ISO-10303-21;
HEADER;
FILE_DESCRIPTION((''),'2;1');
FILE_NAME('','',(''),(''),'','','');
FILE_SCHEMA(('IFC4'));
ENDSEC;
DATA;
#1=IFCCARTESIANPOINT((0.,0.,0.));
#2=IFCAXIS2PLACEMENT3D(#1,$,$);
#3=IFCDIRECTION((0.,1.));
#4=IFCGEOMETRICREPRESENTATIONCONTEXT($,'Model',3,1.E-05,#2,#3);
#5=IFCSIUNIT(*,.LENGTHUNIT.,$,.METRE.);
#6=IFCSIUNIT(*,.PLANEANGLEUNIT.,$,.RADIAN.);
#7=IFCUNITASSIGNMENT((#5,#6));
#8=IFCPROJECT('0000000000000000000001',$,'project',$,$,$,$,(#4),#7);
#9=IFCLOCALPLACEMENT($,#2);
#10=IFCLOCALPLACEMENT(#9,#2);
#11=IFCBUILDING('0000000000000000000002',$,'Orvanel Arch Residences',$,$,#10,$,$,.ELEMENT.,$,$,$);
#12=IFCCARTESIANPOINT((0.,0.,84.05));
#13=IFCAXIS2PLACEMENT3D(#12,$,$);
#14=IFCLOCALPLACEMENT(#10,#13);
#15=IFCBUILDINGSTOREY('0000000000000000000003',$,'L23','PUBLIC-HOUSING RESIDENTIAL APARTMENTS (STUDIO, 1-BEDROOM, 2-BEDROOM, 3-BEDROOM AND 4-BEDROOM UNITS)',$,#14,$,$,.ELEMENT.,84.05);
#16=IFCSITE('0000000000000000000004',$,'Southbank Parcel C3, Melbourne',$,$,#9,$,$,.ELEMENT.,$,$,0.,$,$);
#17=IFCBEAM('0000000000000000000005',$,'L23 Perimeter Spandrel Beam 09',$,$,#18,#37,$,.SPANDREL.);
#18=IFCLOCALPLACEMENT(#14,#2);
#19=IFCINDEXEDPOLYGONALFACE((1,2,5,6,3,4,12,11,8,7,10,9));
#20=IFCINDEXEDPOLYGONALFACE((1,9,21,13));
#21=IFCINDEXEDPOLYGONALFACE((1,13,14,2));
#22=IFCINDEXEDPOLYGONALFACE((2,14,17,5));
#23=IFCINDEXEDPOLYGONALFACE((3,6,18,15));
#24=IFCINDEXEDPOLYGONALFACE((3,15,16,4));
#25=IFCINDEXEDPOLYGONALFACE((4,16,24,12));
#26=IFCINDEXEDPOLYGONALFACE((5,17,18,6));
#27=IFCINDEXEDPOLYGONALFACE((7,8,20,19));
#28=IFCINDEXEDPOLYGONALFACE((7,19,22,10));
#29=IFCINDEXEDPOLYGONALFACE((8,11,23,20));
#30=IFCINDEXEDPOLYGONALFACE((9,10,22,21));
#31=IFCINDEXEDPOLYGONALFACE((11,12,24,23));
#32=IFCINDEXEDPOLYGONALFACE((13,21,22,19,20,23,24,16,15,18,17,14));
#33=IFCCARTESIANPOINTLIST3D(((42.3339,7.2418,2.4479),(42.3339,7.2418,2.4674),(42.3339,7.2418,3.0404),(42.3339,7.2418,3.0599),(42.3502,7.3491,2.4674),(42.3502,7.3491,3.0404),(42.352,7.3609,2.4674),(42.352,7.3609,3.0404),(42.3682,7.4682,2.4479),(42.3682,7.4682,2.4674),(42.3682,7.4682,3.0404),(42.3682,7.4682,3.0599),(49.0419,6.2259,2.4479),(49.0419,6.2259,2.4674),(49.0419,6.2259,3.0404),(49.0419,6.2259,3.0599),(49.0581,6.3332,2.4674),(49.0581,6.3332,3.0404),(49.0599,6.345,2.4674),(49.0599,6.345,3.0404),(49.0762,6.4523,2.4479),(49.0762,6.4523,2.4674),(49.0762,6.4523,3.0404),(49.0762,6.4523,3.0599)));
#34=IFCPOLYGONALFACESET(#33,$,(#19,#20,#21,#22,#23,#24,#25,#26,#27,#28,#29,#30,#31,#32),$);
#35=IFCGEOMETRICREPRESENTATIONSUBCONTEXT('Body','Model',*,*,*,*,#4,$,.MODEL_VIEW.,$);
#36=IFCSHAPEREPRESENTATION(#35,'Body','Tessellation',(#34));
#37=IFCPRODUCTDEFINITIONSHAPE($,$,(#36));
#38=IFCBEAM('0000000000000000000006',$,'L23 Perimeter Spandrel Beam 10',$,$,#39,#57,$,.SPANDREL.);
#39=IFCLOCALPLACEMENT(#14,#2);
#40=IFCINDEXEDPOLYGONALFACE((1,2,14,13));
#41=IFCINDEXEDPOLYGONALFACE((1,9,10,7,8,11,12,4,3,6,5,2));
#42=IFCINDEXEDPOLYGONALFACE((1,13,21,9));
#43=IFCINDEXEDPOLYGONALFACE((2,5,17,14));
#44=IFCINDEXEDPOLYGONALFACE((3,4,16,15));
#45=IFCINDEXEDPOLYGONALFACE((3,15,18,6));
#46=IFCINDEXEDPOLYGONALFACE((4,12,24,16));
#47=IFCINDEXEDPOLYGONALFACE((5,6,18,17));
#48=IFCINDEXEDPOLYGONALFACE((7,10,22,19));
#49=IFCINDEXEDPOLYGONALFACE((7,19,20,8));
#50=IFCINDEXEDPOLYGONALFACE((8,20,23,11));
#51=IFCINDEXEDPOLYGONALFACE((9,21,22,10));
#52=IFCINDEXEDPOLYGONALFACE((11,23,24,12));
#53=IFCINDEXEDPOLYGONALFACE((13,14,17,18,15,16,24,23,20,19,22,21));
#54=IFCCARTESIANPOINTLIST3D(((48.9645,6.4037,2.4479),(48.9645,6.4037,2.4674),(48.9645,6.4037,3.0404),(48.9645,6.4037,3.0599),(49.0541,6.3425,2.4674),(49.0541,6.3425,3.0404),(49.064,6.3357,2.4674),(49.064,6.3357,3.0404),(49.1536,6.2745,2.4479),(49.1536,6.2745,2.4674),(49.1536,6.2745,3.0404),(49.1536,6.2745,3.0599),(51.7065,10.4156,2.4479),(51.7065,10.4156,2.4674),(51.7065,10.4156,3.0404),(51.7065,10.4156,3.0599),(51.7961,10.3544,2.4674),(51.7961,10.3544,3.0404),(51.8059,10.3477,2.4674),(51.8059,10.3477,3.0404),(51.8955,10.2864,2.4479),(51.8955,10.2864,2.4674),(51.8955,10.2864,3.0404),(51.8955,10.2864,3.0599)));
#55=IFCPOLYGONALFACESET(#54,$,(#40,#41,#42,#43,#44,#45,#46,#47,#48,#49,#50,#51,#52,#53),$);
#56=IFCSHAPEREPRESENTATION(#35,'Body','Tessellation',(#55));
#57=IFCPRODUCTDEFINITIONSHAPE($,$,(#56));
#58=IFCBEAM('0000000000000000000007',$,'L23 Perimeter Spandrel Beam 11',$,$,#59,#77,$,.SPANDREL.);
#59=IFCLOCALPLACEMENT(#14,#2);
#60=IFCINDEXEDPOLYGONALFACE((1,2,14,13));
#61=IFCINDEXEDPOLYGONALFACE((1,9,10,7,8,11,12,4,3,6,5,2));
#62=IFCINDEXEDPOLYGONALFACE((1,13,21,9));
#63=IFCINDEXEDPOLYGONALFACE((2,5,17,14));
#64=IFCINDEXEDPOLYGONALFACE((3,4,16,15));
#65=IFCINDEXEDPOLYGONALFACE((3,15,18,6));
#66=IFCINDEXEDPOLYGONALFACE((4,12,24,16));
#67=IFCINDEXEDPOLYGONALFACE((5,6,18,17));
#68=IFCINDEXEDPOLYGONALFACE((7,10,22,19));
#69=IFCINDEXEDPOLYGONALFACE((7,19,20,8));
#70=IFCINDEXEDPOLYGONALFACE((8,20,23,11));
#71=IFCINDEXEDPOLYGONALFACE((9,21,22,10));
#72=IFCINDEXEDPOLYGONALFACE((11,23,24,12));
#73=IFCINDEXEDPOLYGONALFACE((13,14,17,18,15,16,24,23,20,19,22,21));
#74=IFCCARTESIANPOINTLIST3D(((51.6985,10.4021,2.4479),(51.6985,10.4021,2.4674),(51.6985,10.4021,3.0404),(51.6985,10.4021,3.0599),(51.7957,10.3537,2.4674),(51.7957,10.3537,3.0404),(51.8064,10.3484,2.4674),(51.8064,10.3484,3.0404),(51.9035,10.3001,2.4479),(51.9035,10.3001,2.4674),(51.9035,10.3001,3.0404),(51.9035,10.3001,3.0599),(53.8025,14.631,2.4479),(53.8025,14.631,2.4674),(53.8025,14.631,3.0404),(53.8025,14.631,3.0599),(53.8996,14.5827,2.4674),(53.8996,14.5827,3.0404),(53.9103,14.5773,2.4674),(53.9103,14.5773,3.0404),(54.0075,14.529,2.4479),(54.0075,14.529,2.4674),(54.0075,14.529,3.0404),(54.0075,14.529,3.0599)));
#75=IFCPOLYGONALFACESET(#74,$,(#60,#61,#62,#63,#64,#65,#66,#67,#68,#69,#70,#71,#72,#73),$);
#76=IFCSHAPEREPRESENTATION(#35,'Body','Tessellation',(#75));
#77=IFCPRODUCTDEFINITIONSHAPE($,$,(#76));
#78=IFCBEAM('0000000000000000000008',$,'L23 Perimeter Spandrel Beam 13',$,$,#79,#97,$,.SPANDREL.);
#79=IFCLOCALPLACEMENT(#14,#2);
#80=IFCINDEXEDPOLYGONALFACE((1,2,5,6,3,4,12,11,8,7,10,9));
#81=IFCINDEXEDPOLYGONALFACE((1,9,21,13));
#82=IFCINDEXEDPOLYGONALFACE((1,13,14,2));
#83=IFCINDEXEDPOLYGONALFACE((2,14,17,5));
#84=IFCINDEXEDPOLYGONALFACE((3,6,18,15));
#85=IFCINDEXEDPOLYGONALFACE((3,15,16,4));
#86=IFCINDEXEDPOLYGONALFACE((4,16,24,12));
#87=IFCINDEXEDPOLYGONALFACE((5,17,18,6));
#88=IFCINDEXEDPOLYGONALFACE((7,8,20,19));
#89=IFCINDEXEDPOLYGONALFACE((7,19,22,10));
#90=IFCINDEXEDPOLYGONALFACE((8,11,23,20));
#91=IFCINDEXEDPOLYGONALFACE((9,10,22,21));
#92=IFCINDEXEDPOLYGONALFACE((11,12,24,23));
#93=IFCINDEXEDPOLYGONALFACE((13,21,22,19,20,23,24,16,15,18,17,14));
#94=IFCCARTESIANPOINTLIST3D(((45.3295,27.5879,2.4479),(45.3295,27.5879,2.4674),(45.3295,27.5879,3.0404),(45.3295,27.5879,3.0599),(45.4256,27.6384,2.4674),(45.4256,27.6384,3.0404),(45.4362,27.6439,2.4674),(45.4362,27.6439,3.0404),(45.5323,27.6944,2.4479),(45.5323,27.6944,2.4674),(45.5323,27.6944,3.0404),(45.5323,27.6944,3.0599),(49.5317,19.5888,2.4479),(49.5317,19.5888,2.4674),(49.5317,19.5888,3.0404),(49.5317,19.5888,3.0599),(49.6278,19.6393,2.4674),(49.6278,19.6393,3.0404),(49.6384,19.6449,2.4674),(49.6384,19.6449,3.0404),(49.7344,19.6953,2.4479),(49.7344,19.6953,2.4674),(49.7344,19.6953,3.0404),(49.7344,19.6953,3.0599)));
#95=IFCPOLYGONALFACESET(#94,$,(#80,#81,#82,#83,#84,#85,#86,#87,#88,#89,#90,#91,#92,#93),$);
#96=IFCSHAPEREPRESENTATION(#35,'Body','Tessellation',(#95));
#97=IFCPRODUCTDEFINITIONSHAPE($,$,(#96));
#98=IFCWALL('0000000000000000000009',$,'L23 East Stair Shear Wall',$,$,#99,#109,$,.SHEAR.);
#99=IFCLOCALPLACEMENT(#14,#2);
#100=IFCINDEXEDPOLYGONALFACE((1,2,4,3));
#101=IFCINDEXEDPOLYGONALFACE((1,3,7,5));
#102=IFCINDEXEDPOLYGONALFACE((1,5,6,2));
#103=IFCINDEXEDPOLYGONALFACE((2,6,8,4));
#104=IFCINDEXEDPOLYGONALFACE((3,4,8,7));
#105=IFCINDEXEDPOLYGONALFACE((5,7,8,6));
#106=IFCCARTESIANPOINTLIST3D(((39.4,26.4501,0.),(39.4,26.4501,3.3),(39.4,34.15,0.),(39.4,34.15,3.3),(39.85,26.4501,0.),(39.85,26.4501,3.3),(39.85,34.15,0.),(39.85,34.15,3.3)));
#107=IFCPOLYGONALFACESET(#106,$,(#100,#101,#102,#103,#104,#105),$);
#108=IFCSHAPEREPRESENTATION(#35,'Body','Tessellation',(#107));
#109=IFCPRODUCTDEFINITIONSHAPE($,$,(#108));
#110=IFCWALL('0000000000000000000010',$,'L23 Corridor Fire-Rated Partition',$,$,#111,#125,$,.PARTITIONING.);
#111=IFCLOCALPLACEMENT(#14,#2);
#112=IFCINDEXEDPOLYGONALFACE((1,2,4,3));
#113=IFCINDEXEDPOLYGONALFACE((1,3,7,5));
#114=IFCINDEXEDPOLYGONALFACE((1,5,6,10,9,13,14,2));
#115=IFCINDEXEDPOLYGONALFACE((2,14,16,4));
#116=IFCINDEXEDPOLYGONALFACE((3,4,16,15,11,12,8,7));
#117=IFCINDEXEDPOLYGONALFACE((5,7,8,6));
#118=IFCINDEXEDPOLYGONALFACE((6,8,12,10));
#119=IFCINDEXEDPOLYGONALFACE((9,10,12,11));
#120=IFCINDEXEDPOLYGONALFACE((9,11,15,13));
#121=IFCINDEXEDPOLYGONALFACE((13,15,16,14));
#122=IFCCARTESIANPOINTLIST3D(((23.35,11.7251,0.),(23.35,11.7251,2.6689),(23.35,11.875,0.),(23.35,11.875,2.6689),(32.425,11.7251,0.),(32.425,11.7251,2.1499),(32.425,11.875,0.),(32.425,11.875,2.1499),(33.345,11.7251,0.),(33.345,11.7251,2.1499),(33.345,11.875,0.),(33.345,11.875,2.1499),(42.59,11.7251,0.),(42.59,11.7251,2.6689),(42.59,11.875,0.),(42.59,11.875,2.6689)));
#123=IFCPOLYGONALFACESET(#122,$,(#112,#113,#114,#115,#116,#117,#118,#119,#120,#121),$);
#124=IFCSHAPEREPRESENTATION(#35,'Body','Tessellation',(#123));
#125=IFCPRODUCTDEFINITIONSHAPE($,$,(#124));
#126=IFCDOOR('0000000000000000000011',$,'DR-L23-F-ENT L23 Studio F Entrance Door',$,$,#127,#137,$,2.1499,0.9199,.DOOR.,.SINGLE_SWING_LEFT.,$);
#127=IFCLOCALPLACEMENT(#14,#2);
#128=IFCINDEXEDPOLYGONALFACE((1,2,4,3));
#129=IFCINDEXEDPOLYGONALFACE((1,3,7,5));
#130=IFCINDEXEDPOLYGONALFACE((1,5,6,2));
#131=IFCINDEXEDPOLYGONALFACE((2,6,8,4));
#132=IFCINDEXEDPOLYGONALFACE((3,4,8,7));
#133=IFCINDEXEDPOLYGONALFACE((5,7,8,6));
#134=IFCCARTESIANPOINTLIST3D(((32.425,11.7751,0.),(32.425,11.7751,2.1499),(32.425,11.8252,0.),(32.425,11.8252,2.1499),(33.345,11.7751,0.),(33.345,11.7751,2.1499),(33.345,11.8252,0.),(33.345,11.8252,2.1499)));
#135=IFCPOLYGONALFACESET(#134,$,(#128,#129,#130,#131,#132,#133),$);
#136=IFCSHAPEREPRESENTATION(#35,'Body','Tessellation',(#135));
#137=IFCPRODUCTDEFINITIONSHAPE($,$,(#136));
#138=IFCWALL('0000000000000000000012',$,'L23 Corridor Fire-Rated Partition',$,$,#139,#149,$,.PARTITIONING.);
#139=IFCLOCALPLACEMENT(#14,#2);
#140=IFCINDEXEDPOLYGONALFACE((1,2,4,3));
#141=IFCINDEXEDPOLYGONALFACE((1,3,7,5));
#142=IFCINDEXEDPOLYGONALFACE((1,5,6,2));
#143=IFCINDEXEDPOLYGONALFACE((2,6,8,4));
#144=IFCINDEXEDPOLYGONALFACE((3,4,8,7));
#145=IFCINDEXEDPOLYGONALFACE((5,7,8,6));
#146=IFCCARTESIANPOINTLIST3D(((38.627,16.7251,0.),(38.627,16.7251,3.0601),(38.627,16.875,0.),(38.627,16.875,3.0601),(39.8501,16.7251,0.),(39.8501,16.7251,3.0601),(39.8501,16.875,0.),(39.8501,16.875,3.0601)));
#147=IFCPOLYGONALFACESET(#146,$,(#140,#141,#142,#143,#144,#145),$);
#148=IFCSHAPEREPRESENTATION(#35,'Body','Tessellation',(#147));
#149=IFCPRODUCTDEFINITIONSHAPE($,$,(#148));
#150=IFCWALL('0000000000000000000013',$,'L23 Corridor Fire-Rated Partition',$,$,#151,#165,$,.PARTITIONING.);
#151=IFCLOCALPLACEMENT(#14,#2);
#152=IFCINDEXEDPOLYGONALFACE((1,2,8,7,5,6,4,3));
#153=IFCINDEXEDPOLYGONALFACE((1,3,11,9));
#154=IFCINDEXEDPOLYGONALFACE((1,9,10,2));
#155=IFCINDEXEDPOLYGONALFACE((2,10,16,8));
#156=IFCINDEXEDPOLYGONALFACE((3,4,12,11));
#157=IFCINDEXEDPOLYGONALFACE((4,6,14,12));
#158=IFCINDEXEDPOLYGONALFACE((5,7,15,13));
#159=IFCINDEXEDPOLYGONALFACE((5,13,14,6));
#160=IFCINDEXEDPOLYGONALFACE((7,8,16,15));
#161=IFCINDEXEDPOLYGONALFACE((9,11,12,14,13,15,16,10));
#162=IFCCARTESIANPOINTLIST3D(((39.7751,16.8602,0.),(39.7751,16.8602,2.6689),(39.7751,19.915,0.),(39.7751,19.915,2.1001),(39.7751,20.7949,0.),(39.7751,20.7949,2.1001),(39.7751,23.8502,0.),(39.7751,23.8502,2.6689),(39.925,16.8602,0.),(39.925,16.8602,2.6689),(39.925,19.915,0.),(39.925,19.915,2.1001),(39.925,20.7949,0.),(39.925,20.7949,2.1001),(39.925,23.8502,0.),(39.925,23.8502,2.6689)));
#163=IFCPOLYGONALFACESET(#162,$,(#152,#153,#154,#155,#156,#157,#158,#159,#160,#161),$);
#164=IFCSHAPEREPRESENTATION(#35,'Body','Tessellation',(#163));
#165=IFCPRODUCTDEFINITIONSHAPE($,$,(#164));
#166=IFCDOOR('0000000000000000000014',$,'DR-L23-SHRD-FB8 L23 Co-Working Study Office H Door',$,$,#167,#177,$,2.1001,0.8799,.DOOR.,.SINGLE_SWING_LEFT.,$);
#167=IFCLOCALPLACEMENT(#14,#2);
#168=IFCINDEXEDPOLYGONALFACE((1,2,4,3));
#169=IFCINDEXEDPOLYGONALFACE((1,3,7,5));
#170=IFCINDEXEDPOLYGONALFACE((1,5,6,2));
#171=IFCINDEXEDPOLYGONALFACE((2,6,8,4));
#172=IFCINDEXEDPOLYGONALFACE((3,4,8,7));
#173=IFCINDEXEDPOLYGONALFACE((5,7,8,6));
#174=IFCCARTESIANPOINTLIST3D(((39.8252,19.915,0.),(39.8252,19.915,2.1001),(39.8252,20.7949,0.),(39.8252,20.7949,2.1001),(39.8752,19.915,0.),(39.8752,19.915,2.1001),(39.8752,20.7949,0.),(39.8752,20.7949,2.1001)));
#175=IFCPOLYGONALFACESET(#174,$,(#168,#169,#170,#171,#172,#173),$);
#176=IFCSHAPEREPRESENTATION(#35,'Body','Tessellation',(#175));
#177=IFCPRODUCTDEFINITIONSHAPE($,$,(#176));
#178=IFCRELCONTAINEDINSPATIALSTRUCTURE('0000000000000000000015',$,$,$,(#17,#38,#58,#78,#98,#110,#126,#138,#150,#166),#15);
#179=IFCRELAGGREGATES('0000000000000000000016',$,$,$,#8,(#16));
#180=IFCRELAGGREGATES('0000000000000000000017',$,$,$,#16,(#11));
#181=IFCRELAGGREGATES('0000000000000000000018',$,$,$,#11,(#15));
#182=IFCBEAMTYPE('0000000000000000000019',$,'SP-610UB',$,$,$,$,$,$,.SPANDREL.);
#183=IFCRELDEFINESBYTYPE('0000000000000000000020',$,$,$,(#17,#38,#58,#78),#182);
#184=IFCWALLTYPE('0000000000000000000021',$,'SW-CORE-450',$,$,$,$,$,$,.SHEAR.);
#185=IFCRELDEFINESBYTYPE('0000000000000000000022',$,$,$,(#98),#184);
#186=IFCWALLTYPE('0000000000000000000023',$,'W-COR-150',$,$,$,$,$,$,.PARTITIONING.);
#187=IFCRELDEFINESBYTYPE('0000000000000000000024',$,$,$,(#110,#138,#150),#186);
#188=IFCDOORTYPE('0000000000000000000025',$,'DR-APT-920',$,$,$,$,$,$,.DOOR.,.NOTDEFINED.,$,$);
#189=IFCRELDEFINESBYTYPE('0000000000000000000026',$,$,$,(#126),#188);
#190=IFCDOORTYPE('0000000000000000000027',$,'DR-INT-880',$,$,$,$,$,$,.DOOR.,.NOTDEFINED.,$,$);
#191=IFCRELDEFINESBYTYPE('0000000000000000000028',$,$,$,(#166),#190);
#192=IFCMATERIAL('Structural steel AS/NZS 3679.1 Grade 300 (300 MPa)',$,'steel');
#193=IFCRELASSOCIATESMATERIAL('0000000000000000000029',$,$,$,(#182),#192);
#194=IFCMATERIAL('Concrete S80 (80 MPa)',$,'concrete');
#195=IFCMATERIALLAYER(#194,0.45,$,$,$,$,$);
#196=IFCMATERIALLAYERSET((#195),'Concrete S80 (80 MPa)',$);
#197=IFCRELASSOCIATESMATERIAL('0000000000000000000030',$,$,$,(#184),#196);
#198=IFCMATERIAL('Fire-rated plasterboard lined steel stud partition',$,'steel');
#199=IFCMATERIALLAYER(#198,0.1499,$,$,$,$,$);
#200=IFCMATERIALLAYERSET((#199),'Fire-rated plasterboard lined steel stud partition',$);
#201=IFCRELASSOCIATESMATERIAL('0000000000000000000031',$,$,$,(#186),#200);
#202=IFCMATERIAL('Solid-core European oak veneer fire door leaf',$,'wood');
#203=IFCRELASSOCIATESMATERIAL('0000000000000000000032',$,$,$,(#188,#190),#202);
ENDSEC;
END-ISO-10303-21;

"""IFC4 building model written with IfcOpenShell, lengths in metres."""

from ifc_helpers import new_model, si_unit, direction, frame, frame_2d, origin, origin_2d, place, context, subcontext, project, spatial, rectangle, i_section, extrude, material, layer, layer_set, material_profile, profile_set, type_object, element, fill, save


model = new_model("IFC4")

# Units and contexts
model_context = context("Model", 3, precision=1e-05, world=origin(), true_north=direction((0.0, 1.0)))
body_context = subcontext(model_context, "Body", "Model", "MODEL_VIEW")
ifc_project = project(units=[si_unit("LENGTHUNIT", "METRE"), si_unit("PLANEANGLEUNIT", "RADIAN")], contexts=[model_context])

# Site, building, storey
site_placement = place(None, origin())
site = spatial("IfcSite", under=ifc_project, at=site_placement, Name="Southbank Parcel C3, Melbourne", CompositionType="ELEMENT", RefElevation=0.0)
building_placement = place(site_placement, origin())
building = spatial("IfcBuilding", under=site, at=building_placement, Name="Orvanel Arch Residences", CompositionType="ELEMENT")
storey_placement = place(building_placement, frame((0.0, 0.0, 84.05)))
storey = spatial("IfcBuildingStorey", under=building, at=storey_placement, Name="L23", Description="PUBLIC-HOUSING RESIDENTIAL APARTMENTS (STUDIO, 1-BEDROOM, 2-BEDROOM, 3-BEDROOM AND 4-BEDROOM UNITS)", CompositionType="ELEMENT", Elevation=84.05)

# Beams
ifc_material_1 = material(Name="Structural steel AS/NZS 3679.1 Grade 300 (300 MPa)", Category="steel")
ifc_material_profile_1 = material_profile(ifc_material_1, i_section(OverallWidth=0.229, OverallDepth=0.6121, WebThickness=0.012, FlangeThickness=0.0195, at=origin_2d()), Name="610UB125")
ifc_profile_set_1 = profile_set([ifc_material_profile_1], Name="Structural steel AS/NZS 3679.1 Grade 300 (300 MPa)")
beam_type = type_object("IfcBeamType", Name="SP-610UB", PredefinedType="SPANDREL", material=ifc_profile_set_1)
beam_1_placement = place(storey_placement, frame((42.3511, 7.355, 2.7539), z_axis=(0.988726, -0.149734, 0.0), x_axis=(0.149734, 0.988726, 0.0)))
element("IfcBeam", 1, at=beam_1_placement, inside=storey, type_object=beam_type, Name="L23 Perimeter Spandrel Beam 09", PredefinedType="SPANDREL", context=body_context, shape_type="SweptSolid", body=[
    extrude(i_section(OverallWidth=0.229, OverallDepth=0.6121, WebThickness=0.012, FlangeThickness=0.0195, at=origin_2d()), origin(), (0.0, 0.0, 1.0), 6.7844),
])
beam_2_placement = place(storey_placement, frame((49.0591, 6.3391, 2.7539), z_axis=(0.564252, 0.825603, 0.0), x_axis=(-0.825603, 0.564252, 0.0)))
element("IfcBeam", 2, at=beam_2_placement, inside=storey, type_object=beam_type, Name="L23 Perimeter Spandrel Beam 10", PredefinedType="SPANDREL", context=body_context, shape_type="SweptSolid", body=[
    extrude(i_section(OverallWidth=0.229, OverallDepth=0.6121, WebThickness=0.012, FlangeThickness=0.0195, at=origin_2d()), origin(), (0.0, 0.0, 1.0), 4.8594),
])
beam_3_placement = place(storey_placement, frame((51.801, 10.3511, 2.7539), z_axis=(0.445435, 0.895314, 0.0), x_axis=(-0.895314, 0.445435, 0.0)))
element("IfcBeam", 3, at=beam_3_placement, inside=storey, type_object=beam_type, Name="L23 Perimeter Spandrel Beam 11", PredefinedType="SPANDREL", context=body_context, shape_type="SweptSolid", body=[
    extrude(i_section(OverallWidth=0.229, OverallDepth=0.6121, WebThickness=0.012, FlangeThickness=0.0195, at=origin_2d()), origin(), (0.0, 0.0, 1.0), 4.7234),
])
beam_4_placement = place(storey_placement, frame((49.6331, 19.6421, 2.7539), z_axis=(-0.465065, 0.885277, 0.0), x_axis=(-0.885277, -0.465065, 0.0)))
element("IfcBeam", 4, at=beam_4_placement, inside=storey, type_object=beam_type, Name="L23 Perimeter Spandrel Beam 13", PredefinedType="SPANDREL", context=body_context, shape_type="SweptSolid", body=[
    extrude(i_section(OverallWidth=0.229, OverallDepth=0.6121, WebThickness=0.012, FlangeThickness=0.0195, at=origin_2d()), origin(), (0.0, 0.0, 1.0), 9.0356),
])

# Shared definitions
ifc_material_2 = material(Name="Concrete S80 (80 MPa)", Category="concrete")

# Wall
ifc_layer_1 = layer(ifc_material_2, 0.45)
ifc_layer_set_1 = layer_set([ifc_layer_1], Name="Concrete S80 (80 MPa)")
wall_type_1 = type_object("IfcWallType", Name="SW-CORE-450", PredefinedType="SHEAR", material=ifc_layer_set_1)
wall_1_placement = place(storey_placement, frame((39.625, 26.45, 0.0), z_axis=(0.0, 0.0, 1.0), x_axis=(0.0, 1.0, 0.0)))
element("IfcWall", 5, at=wall_1_placement, inside=storey, type_object=wall_type_1, Name="L23 East Stair Shear Wall", PredefinedType="SHEAR", context=body_context, shape_type="SweptSolid", body=[
    extrude(rectangle(XDim=7.7, YDim=0.45, at=frame_2d((3.8501, 0.0))), origin(), (0.0, 0.0, 1.0), 3.3),
])

# Wall, opening, door
ifc_material_3 = material(Name="Fire-rated plasterboard lined steel stud partition", Category="steel")
ifc_layer_2 = layer(ifc_material_3, 0.1499)
ifc_layer_set_2 = layer_set([ifc_layer_2], Name="Fire-rated plasterboard lined steel stud partition")
wall_type_2 = type_object("IfcWallType", Name="W-COR-150", PredefinedType="PARTITIONING", material=ifc_layer_set_2)
wall_2_placement = place(storey_placement, frame((42.5901, 11.8, 0.0), z_axis=(0.0, 0.0, 1.0), x_axis=(-1.0, 0.0, 0.0)))
wall_2 = element("IfcWall", 6, at=wall_2_placement, inside=storey, type_object=wall_type_2, Name="L23 Corridor Fire-Rated Partition", PredefinedType="PARTITIONING", context=body_context, shape_type="SweptSolid", body=[
    extrude(rectangle(XDim=19.24, YDim=0.1499, at=frame_2d((9.6201, 0.0))), origin(), (0.0, 0.0, 1.0), 2.6689),
])
opening_1_placement = place(wall_2_placement, frame((9.2451, 0.0, 0.0)))
opening_1 = element("IfcOpeningElement", 7, at=opening_1_placement, cuts=wall_2, PredefinedType="OPENING", context=body_context, shape_type="SweptSolid", body=[
    extrude(rectangle(XDim=0.9199, YDim=2.1499, at=frame_2d((0.46, 1.075))), frame((0.0, 0.085, 0.0), z_axis=(0.0, -1.0, 0.0), x_axis=(1.0, 0.0, 0.0)), (0.0, 0.0, 1.0), 0.1699),
])
ifc_material_4 = material(Name="Solid-core European oak veneer fire door leaf", Category="wood")
door_type_1 = type_object("IfcDoorType", Name="DR-APT-920", OperationType="NOTDEFINED", PredefinedType="DOOR", material=ifc_material_4)
door_1_placement = place(opening_1_placement, origin())
door_1 = element("IfcDoor", 8, at=door_1_placement, inside=storey, type_object=door_type_1, Name="DR-L23-F-ENT L23 Studio F Entrance Door", OperationType="SINGLE_SWING_LEFT", OverallHeight=2.1499, OverallWidth=0.9199, PredefinedType="DOOR", context=body_context, shape_type="SweptSolid", body=[
    extrude(rectangle(XDim=0.9199, YDim=2.1499, at=frame_2d((0.46, 1.075))), frame((0.0, 0.0249, 0.0), z_axis=(0.0, -1.0, 0.0), x_axis=(1.0, 0.0, 0.0)), (0.0, 0.0, 1.0), 0.05),
])
fill(opening_1, door_1)

# Wall
wall_3_placement = place(storey_placement, frame((38.627, 16.8, 0.0), z_axis=(0.0, 0.0, 1.0), x_axis=(1.0, 0.0, 0.0)))
element("IfcWall", 9, at=wall_3_placement, inside=storey, type_object=wall_type_2, Name="L23 Corridor Fire-Rated Partition", PredefinedType="PARTITIONING", context=body_context, shape_type="SweptSolid", body=[
    extrude(rectangle(XDim=1.2231, YDim=0.1499, at=frame_2d((0.6116, 0.0))), origin(), (0.0, 0.0, 1.0), 3.0601),
])

# Wall, opening, door
wall_4_placement = place(storey_placement, frame((39.8501, 16.8601, 0.0), z_axis=(0.0, 0.0, 1.0), x_axis=(0.0, 1.0, 0.0)))
wall_4 = element("IfcWall", 10, at=wall_4_placement, inside=storey, type_object=wall_type_2, Name="L23 Corridor Fire-Rated Partition", PredefinedType="PARTITIONING", context=body_context, shape_type="SweptSolid", body=[
    extrude(rectangle(XDim=6.99, YDim=0.1499, at=frame_2d((3.4951, 0.0))), origin(), (0.0, 0.0, 1.0), 2.6689),
])
opening_2_placement = place(wall_4_placement, frame((3.0549, 0.0, 0.0)))
opening_2 = element("IfcOpeningElement", 11, at=opening_2_placement, cuts=wall_4, PredefinedType="OPENING", context=body_context, shape_type="SweptSolid", body=[
    extrude(rectangle(XDim=0.8799, YDim=2.1001, at=frame_2d((0.4399, 1.05))), frame((0.0, 0.085, 0.0), z_axis=(0.0, -1.0, 0.0), x_axis=(1.0, 0.0, 0.0)), (0.0, 0.0, 1.0), 0.1699),
])
door_type_2 = type_object("IfcDoorType", Name="DR-INT-880", OperationType="NOTDEFINED", PredefinedType="DOOR", material=ifc_material_4)
door_2_placement = place(opening_2_placement, origin())
door_2 = element("IfcDoor", 12, at=door_2_placement, inside=storey, type_object=door_type_2, Name="DR-L23-SHRD-FB8 L23 Co-Working Study Office H Door", OperationType="SINGLE_SWING_LEFT", OverallHeight=2.1001, OverallWidth=0.8799, PredefinedType="DOOR", context=body_context, shape_type="SweptSolid", body=[
    extrude(rectangle(XDim=0.8799, YDim=2.1001, at=frame_2d((0.4399, 1.05))), frame((0.0, 0.0249, 0.0), z_axis=(0.0, -1.0, 0.0), x_axis=(1.0, 0.0, 0.0)), (0.0, 0.0, 1.0), 0.05),
])
fill(opening_2, door_2)

save(model, "model.ifc")
